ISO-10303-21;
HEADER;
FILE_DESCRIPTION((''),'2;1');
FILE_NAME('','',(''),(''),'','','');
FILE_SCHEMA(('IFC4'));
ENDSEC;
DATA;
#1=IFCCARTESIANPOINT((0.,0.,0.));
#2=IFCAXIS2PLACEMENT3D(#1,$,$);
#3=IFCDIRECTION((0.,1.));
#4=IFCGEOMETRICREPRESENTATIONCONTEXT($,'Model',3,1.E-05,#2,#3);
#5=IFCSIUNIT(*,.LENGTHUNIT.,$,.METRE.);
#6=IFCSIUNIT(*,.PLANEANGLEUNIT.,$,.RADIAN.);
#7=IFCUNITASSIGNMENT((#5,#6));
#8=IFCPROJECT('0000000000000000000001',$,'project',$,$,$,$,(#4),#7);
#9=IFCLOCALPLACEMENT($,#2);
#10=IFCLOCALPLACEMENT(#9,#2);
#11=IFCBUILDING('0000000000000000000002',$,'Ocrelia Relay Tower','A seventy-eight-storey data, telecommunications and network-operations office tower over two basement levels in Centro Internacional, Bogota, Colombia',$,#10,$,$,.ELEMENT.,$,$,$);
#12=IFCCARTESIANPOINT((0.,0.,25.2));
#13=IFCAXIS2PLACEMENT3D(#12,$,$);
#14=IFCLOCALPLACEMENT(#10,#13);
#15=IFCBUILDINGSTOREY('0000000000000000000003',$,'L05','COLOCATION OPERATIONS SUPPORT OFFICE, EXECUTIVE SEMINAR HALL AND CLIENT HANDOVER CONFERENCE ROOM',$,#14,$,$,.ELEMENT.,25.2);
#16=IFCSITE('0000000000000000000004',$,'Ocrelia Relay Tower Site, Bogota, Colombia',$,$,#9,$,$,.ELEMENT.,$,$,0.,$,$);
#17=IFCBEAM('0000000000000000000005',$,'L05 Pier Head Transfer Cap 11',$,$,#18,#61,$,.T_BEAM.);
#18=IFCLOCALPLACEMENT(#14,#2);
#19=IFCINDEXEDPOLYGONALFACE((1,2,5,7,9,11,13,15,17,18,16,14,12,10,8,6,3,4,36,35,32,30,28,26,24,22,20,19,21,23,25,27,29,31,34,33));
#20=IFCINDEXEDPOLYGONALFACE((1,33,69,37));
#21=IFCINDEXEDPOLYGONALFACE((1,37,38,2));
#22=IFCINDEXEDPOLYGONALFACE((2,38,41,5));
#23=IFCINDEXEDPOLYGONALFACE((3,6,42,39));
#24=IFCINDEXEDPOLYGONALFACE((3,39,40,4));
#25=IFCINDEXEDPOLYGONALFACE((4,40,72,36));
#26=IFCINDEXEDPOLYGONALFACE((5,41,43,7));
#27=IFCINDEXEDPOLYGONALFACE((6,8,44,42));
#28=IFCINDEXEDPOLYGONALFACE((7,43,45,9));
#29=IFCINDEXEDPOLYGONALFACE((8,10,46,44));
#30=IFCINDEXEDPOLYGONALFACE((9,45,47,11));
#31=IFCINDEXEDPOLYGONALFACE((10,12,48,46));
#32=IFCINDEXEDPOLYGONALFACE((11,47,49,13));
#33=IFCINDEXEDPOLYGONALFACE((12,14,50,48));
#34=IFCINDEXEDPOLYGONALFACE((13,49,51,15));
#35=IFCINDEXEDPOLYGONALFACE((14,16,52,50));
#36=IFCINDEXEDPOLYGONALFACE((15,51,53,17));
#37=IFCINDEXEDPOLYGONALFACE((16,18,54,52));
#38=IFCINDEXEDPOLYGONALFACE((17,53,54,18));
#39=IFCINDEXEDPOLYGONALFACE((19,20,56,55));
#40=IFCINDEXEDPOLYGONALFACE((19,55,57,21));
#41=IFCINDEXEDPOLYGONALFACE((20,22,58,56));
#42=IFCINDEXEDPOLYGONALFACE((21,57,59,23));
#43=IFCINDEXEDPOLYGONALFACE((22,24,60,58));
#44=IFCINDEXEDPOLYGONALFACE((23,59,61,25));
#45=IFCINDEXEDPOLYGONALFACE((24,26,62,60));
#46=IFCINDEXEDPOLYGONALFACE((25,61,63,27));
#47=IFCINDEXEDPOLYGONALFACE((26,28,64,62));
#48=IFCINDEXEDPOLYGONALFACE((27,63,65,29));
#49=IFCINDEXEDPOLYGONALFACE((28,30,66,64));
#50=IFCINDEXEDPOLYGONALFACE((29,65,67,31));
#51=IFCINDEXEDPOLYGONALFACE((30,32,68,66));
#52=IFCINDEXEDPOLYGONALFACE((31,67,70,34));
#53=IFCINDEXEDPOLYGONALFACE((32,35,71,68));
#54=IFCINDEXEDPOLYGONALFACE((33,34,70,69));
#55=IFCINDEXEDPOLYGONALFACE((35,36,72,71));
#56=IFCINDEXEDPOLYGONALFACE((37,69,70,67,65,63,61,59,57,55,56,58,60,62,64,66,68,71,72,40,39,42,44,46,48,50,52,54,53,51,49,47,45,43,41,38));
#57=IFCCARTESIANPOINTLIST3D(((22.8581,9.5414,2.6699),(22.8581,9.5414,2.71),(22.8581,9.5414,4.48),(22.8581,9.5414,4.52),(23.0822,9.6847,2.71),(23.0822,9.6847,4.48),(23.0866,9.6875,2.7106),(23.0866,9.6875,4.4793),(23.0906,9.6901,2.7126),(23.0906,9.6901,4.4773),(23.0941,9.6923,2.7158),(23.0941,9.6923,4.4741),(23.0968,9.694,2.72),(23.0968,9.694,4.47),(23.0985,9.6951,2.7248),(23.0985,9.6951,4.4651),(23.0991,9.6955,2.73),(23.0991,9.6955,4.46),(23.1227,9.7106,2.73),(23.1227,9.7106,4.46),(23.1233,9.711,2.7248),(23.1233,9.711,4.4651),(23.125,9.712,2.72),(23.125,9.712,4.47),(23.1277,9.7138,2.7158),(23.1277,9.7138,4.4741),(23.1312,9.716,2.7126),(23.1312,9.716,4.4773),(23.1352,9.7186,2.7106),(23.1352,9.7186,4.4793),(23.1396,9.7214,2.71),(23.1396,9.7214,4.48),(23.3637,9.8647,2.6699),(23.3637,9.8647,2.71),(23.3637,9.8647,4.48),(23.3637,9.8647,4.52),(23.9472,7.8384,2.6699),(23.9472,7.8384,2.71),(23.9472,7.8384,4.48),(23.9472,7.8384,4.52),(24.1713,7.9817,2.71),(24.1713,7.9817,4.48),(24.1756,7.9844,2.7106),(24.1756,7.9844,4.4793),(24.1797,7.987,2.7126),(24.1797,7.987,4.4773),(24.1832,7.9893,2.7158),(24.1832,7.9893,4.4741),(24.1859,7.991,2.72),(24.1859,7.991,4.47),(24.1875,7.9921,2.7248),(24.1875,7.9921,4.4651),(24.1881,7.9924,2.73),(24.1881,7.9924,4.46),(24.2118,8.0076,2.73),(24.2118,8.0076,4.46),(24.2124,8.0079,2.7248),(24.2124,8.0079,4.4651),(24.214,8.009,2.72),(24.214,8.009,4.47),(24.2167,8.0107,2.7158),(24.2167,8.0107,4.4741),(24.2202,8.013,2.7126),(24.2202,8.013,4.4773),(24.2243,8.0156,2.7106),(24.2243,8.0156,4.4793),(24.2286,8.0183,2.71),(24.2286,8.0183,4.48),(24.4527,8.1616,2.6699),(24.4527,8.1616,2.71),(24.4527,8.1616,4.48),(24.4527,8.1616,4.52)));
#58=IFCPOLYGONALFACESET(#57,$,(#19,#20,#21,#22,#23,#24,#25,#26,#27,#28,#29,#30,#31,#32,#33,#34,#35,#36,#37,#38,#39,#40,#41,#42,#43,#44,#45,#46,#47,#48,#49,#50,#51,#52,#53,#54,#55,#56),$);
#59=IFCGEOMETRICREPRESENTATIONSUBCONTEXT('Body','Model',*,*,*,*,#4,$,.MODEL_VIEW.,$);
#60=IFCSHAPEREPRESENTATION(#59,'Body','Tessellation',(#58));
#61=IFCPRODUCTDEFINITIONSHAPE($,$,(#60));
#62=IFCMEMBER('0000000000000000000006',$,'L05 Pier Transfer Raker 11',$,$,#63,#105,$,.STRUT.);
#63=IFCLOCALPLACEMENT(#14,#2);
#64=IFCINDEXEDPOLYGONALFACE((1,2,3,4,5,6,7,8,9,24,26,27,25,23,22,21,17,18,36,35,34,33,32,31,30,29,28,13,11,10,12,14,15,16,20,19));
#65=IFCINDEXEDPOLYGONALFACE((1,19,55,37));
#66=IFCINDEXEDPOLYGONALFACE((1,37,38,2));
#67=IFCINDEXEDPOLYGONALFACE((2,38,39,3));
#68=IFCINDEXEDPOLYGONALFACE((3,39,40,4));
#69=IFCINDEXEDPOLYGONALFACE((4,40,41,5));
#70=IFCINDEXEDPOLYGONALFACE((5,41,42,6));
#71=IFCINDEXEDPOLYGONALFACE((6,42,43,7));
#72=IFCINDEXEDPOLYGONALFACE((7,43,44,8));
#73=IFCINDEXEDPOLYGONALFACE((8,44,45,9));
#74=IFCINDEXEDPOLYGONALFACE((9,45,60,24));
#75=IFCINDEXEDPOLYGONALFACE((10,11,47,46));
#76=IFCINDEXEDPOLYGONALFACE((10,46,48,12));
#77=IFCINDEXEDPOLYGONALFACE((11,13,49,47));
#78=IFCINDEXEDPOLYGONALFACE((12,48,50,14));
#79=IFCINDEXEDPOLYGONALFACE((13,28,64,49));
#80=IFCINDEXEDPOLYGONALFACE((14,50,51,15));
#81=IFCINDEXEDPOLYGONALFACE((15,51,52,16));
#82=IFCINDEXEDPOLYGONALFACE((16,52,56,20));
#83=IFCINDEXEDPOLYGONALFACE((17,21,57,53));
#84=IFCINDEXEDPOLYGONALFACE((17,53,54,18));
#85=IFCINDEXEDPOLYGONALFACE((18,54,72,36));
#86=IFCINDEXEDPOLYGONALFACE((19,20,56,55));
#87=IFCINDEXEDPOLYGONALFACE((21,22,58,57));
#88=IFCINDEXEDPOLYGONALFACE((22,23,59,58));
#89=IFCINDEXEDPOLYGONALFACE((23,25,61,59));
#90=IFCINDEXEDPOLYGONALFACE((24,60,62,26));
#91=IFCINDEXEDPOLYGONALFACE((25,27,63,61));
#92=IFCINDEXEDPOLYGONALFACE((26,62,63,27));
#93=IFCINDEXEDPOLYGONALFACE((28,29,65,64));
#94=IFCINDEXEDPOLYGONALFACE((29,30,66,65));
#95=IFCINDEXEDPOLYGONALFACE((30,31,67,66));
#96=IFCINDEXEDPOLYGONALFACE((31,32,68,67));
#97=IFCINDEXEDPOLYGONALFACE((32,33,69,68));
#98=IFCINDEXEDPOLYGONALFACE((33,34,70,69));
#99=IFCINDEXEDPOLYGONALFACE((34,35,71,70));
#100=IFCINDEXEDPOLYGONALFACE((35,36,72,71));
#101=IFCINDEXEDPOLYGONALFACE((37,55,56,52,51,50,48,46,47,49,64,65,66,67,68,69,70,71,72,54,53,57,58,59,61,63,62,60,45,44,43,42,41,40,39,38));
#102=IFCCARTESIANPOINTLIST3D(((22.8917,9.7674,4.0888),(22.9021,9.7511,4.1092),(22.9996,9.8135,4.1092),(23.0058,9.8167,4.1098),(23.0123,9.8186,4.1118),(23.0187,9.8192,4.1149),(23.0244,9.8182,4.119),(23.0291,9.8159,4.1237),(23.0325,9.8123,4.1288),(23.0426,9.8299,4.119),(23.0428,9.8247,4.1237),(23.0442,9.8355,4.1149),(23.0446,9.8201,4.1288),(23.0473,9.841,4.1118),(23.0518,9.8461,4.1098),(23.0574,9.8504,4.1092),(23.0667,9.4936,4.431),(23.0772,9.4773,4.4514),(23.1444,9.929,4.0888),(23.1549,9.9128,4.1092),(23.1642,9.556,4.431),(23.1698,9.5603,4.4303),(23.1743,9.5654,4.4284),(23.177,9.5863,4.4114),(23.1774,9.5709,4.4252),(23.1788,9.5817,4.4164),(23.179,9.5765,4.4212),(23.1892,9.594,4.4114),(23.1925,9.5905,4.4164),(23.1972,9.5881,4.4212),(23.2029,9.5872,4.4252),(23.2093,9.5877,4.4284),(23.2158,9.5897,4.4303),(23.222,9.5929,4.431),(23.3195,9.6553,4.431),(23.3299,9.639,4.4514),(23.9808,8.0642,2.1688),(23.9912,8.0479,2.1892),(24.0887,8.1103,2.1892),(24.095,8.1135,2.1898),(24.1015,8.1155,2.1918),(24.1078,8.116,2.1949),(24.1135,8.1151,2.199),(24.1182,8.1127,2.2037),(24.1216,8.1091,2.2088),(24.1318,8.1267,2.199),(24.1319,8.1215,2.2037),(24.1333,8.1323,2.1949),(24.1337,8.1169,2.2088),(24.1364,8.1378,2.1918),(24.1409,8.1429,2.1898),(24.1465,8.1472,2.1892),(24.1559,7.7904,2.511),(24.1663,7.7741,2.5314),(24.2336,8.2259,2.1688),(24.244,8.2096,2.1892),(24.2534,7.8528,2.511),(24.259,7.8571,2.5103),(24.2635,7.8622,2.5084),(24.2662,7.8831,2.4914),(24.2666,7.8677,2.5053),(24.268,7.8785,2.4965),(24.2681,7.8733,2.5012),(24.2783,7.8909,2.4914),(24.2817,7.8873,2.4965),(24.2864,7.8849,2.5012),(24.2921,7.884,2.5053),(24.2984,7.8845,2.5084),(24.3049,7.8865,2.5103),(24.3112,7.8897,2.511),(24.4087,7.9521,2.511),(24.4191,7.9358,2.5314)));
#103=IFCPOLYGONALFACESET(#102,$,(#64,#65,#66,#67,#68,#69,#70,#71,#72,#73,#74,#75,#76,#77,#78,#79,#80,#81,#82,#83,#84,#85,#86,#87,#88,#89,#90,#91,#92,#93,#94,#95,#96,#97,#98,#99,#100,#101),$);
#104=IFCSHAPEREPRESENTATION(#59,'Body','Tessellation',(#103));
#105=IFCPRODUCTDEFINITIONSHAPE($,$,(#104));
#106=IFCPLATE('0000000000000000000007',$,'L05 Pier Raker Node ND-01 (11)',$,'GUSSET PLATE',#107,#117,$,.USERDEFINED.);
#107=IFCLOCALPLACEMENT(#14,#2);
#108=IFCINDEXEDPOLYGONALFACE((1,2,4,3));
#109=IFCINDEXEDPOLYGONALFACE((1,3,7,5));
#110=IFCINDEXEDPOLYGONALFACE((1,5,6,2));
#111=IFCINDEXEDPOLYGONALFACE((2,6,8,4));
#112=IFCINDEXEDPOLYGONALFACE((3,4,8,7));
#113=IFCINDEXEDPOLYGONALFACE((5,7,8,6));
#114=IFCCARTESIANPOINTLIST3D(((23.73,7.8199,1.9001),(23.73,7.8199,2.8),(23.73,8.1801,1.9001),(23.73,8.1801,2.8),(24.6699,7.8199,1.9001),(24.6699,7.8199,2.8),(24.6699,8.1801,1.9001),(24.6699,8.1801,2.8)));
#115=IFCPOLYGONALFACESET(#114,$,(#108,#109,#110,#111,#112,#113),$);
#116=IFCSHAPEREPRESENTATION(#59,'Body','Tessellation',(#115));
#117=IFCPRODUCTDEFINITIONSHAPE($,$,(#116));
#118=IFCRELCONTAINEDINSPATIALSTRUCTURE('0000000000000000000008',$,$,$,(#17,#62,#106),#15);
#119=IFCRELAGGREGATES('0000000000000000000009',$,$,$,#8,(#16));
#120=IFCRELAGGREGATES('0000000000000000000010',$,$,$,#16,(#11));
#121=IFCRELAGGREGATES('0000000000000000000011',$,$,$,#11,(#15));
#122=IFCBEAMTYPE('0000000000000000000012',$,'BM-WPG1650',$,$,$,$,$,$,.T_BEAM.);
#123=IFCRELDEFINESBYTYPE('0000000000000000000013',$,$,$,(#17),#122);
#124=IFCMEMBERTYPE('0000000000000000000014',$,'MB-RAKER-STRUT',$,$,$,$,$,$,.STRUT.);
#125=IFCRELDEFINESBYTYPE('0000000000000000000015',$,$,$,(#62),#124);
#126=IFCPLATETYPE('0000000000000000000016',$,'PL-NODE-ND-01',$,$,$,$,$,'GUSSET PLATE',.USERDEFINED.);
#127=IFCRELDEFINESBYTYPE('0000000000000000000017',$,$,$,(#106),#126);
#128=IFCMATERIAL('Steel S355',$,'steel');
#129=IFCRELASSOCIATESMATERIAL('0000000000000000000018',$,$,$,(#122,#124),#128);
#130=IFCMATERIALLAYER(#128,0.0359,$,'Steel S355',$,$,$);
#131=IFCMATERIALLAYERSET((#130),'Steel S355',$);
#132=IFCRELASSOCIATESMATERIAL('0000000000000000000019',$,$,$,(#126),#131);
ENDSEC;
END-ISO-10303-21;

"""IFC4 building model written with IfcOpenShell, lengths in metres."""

from ifc_helpers import new_model, si_unit, direction, frame, origin, origin_2d, place, context, subcontext, project, spatial, rectangle, i_section, extrude, material, layer, layer_set, material_profile, profile_set, type_object, element, save


model = new_model("IFC4")

# Units and contexts
model_context = context("Model", 3, precision=1e-05, world=origin(), true_north=direction((0.0, 1.0)))
body_context = subcontext(model_context, "Body", "Model", "MODEL_VIEW")
ifc_project = project(units=[si_unit("LENGTHUNIT", "METRE"), si_unit("PLANEANGLEUNIT", "RADIAN")], contexts=[model_context])

# Site, building, storey
site_placement = place(None, origin())
site = spatial("IfcSite", under=ifc_project, at=site_placement, Name="Ocrelia Relay Tower Site, Bogota, Colombia", CompositionType="ELEMENT", RefElevation=0.0)
building_placement = place(site_placement, origin())
building = spatial("IfcBuilding", under=site, at=building_placement, Name="Ocrelia Relay Tower", Description="A seventy-eight-storey data, telecommunications and network-operations office tower over two basement levels in Centro Internacional, Bogota, Colombia", CompositionType="ELEMENT")
storey_placement = place(building_placement, frame((0.0, 0.0, 25.2)))
storey = spatial("IfcBuildingStorey", under=building, at=storey_placement, Name="L05", Description="COLOCATION OPERATIONS SUPPORT OFFICE, EXECUTIVE SEMINAR HALL AND CLIENT HANDOVER CONFERENCE ROOM", CompositionType="ELEMENT", Elevation=25.2)

# Beam
ifc_material_1 = material(Name="Steel S355", Category="steel")
ifc_material_profile_1 = material_profile(ifc_material_1, i_section(OverallWidth=0.6001, OverallDepth=1.8501, WebThickness=0.0281, FlangeThickness=0.04, FilletRadius=0.02, at=origin_2d()), Name="WPG 1850x600")
ifc_profile_set_1 = profile_set([ifc_material_profile_1], Name="Steel S355")
beam_type_1 = type_object("IfcBeamType", Name="BM-WPG1650", PredefinedType="T_BEAM", material=ifc_profile_set_1)
beam_1_placement = place(storey_placement, frame((24.2, 8.0, 3.595), z_axis=(-0.538742, 0.842471, 0.0), x_axis=(-0.842471, -0.538742, 0.0)))
element("IfcBeam", 1, at=beam_1_placement, inside=storey, type_object=beam_type_1, Name="L05 Pier Head Transfer Cap 11", PredefinedType="T_BEAM", context=body_context, shape_type="SweptSolid", body=[
    extrude(i_section(OverallWidth=0.6001, OverallDepth=1.8501, WebThickness=0.0281, FlangeThickness=0.04, FilletRadius=0.02, at=origin_2d()), origin(), (0.0, 0.0, 1.0), 2.0215),
])

# Member
ifc_material_profile_2 = material_profile(ifc_material_1, i_section(OverallWidth=0.3, OverallDepth=0.5, WebThickness=0.0144, FlangeThickness=0.0281, FilletRadius=0.0271, at=origin_2d()), Name="HEB 500")
ifc_profile_set_2 = profile_set([ifc_material_profile_2], Name="Steel S355")
member_type = type_object("IfcMemberType", Name="MB-RAKER-STRUT", PredefinedType="STRUT", material=ifc_profile_set_2)
member_placement = place(storey_placement, frame((24.2, 8.0, 2.3501), z_axis=(-0.390644, 0.610879, 0.68864), x_axis=(-0.842471, -0.538742, 0.0)))
element("IfcMember", 2, at=member_placement, inside=storey, type_object=member_type, Name="L05 Pier Transfer Raker 11", PredefinedType="STRUT", context=body_context, shape_type="SweptSolid", body=[
    extrude(i_section(OverallWidth=0.3, OverallDepth=0.5, WebThickness=0.0144, FlangeThickness=0.0281, FilletRadius=0.0271, at=origin_2d()), origin(), (0.0, 0.0, 1.0), 2.7881),
])

# Plate
ifc_layer = layer(ifc_material_1, 0.0359, Name="Steel S355")
ifc_layer_set = layer_set([ifc_layer], Name="Steel S355")
plate_type = type_object("IfcPlateType", Name="PL-NODE-ND-01", ElementType="GUSSET PLATE", PredefinedType="USERDEFINED", material=ifc_layer_set)
plate_placement = place(storey_placement, frame((24.2, 8.0, 1.9001), z_axis=(0.0, 0.0, 1.0), x_axis=(1.0, 0.0, 0.0)))
element("IfcPlate", 3, at=plate_placement, inside=storey, type_object=plate_type, Name="L05 Pier Raker Node ND-01 (11)", ObjectType="GUSSET PLATE", PredefinedType="USERDEFINED", context=body_context, shape_type="SweptSolid", body=[
    extrude(rectangle(XDim=0.9399, YDim=0.3601, at=origin_2d()), origin(), (0.0, 0.0, 1.0), 0.8999),
])

save(model, "model.ifc")
